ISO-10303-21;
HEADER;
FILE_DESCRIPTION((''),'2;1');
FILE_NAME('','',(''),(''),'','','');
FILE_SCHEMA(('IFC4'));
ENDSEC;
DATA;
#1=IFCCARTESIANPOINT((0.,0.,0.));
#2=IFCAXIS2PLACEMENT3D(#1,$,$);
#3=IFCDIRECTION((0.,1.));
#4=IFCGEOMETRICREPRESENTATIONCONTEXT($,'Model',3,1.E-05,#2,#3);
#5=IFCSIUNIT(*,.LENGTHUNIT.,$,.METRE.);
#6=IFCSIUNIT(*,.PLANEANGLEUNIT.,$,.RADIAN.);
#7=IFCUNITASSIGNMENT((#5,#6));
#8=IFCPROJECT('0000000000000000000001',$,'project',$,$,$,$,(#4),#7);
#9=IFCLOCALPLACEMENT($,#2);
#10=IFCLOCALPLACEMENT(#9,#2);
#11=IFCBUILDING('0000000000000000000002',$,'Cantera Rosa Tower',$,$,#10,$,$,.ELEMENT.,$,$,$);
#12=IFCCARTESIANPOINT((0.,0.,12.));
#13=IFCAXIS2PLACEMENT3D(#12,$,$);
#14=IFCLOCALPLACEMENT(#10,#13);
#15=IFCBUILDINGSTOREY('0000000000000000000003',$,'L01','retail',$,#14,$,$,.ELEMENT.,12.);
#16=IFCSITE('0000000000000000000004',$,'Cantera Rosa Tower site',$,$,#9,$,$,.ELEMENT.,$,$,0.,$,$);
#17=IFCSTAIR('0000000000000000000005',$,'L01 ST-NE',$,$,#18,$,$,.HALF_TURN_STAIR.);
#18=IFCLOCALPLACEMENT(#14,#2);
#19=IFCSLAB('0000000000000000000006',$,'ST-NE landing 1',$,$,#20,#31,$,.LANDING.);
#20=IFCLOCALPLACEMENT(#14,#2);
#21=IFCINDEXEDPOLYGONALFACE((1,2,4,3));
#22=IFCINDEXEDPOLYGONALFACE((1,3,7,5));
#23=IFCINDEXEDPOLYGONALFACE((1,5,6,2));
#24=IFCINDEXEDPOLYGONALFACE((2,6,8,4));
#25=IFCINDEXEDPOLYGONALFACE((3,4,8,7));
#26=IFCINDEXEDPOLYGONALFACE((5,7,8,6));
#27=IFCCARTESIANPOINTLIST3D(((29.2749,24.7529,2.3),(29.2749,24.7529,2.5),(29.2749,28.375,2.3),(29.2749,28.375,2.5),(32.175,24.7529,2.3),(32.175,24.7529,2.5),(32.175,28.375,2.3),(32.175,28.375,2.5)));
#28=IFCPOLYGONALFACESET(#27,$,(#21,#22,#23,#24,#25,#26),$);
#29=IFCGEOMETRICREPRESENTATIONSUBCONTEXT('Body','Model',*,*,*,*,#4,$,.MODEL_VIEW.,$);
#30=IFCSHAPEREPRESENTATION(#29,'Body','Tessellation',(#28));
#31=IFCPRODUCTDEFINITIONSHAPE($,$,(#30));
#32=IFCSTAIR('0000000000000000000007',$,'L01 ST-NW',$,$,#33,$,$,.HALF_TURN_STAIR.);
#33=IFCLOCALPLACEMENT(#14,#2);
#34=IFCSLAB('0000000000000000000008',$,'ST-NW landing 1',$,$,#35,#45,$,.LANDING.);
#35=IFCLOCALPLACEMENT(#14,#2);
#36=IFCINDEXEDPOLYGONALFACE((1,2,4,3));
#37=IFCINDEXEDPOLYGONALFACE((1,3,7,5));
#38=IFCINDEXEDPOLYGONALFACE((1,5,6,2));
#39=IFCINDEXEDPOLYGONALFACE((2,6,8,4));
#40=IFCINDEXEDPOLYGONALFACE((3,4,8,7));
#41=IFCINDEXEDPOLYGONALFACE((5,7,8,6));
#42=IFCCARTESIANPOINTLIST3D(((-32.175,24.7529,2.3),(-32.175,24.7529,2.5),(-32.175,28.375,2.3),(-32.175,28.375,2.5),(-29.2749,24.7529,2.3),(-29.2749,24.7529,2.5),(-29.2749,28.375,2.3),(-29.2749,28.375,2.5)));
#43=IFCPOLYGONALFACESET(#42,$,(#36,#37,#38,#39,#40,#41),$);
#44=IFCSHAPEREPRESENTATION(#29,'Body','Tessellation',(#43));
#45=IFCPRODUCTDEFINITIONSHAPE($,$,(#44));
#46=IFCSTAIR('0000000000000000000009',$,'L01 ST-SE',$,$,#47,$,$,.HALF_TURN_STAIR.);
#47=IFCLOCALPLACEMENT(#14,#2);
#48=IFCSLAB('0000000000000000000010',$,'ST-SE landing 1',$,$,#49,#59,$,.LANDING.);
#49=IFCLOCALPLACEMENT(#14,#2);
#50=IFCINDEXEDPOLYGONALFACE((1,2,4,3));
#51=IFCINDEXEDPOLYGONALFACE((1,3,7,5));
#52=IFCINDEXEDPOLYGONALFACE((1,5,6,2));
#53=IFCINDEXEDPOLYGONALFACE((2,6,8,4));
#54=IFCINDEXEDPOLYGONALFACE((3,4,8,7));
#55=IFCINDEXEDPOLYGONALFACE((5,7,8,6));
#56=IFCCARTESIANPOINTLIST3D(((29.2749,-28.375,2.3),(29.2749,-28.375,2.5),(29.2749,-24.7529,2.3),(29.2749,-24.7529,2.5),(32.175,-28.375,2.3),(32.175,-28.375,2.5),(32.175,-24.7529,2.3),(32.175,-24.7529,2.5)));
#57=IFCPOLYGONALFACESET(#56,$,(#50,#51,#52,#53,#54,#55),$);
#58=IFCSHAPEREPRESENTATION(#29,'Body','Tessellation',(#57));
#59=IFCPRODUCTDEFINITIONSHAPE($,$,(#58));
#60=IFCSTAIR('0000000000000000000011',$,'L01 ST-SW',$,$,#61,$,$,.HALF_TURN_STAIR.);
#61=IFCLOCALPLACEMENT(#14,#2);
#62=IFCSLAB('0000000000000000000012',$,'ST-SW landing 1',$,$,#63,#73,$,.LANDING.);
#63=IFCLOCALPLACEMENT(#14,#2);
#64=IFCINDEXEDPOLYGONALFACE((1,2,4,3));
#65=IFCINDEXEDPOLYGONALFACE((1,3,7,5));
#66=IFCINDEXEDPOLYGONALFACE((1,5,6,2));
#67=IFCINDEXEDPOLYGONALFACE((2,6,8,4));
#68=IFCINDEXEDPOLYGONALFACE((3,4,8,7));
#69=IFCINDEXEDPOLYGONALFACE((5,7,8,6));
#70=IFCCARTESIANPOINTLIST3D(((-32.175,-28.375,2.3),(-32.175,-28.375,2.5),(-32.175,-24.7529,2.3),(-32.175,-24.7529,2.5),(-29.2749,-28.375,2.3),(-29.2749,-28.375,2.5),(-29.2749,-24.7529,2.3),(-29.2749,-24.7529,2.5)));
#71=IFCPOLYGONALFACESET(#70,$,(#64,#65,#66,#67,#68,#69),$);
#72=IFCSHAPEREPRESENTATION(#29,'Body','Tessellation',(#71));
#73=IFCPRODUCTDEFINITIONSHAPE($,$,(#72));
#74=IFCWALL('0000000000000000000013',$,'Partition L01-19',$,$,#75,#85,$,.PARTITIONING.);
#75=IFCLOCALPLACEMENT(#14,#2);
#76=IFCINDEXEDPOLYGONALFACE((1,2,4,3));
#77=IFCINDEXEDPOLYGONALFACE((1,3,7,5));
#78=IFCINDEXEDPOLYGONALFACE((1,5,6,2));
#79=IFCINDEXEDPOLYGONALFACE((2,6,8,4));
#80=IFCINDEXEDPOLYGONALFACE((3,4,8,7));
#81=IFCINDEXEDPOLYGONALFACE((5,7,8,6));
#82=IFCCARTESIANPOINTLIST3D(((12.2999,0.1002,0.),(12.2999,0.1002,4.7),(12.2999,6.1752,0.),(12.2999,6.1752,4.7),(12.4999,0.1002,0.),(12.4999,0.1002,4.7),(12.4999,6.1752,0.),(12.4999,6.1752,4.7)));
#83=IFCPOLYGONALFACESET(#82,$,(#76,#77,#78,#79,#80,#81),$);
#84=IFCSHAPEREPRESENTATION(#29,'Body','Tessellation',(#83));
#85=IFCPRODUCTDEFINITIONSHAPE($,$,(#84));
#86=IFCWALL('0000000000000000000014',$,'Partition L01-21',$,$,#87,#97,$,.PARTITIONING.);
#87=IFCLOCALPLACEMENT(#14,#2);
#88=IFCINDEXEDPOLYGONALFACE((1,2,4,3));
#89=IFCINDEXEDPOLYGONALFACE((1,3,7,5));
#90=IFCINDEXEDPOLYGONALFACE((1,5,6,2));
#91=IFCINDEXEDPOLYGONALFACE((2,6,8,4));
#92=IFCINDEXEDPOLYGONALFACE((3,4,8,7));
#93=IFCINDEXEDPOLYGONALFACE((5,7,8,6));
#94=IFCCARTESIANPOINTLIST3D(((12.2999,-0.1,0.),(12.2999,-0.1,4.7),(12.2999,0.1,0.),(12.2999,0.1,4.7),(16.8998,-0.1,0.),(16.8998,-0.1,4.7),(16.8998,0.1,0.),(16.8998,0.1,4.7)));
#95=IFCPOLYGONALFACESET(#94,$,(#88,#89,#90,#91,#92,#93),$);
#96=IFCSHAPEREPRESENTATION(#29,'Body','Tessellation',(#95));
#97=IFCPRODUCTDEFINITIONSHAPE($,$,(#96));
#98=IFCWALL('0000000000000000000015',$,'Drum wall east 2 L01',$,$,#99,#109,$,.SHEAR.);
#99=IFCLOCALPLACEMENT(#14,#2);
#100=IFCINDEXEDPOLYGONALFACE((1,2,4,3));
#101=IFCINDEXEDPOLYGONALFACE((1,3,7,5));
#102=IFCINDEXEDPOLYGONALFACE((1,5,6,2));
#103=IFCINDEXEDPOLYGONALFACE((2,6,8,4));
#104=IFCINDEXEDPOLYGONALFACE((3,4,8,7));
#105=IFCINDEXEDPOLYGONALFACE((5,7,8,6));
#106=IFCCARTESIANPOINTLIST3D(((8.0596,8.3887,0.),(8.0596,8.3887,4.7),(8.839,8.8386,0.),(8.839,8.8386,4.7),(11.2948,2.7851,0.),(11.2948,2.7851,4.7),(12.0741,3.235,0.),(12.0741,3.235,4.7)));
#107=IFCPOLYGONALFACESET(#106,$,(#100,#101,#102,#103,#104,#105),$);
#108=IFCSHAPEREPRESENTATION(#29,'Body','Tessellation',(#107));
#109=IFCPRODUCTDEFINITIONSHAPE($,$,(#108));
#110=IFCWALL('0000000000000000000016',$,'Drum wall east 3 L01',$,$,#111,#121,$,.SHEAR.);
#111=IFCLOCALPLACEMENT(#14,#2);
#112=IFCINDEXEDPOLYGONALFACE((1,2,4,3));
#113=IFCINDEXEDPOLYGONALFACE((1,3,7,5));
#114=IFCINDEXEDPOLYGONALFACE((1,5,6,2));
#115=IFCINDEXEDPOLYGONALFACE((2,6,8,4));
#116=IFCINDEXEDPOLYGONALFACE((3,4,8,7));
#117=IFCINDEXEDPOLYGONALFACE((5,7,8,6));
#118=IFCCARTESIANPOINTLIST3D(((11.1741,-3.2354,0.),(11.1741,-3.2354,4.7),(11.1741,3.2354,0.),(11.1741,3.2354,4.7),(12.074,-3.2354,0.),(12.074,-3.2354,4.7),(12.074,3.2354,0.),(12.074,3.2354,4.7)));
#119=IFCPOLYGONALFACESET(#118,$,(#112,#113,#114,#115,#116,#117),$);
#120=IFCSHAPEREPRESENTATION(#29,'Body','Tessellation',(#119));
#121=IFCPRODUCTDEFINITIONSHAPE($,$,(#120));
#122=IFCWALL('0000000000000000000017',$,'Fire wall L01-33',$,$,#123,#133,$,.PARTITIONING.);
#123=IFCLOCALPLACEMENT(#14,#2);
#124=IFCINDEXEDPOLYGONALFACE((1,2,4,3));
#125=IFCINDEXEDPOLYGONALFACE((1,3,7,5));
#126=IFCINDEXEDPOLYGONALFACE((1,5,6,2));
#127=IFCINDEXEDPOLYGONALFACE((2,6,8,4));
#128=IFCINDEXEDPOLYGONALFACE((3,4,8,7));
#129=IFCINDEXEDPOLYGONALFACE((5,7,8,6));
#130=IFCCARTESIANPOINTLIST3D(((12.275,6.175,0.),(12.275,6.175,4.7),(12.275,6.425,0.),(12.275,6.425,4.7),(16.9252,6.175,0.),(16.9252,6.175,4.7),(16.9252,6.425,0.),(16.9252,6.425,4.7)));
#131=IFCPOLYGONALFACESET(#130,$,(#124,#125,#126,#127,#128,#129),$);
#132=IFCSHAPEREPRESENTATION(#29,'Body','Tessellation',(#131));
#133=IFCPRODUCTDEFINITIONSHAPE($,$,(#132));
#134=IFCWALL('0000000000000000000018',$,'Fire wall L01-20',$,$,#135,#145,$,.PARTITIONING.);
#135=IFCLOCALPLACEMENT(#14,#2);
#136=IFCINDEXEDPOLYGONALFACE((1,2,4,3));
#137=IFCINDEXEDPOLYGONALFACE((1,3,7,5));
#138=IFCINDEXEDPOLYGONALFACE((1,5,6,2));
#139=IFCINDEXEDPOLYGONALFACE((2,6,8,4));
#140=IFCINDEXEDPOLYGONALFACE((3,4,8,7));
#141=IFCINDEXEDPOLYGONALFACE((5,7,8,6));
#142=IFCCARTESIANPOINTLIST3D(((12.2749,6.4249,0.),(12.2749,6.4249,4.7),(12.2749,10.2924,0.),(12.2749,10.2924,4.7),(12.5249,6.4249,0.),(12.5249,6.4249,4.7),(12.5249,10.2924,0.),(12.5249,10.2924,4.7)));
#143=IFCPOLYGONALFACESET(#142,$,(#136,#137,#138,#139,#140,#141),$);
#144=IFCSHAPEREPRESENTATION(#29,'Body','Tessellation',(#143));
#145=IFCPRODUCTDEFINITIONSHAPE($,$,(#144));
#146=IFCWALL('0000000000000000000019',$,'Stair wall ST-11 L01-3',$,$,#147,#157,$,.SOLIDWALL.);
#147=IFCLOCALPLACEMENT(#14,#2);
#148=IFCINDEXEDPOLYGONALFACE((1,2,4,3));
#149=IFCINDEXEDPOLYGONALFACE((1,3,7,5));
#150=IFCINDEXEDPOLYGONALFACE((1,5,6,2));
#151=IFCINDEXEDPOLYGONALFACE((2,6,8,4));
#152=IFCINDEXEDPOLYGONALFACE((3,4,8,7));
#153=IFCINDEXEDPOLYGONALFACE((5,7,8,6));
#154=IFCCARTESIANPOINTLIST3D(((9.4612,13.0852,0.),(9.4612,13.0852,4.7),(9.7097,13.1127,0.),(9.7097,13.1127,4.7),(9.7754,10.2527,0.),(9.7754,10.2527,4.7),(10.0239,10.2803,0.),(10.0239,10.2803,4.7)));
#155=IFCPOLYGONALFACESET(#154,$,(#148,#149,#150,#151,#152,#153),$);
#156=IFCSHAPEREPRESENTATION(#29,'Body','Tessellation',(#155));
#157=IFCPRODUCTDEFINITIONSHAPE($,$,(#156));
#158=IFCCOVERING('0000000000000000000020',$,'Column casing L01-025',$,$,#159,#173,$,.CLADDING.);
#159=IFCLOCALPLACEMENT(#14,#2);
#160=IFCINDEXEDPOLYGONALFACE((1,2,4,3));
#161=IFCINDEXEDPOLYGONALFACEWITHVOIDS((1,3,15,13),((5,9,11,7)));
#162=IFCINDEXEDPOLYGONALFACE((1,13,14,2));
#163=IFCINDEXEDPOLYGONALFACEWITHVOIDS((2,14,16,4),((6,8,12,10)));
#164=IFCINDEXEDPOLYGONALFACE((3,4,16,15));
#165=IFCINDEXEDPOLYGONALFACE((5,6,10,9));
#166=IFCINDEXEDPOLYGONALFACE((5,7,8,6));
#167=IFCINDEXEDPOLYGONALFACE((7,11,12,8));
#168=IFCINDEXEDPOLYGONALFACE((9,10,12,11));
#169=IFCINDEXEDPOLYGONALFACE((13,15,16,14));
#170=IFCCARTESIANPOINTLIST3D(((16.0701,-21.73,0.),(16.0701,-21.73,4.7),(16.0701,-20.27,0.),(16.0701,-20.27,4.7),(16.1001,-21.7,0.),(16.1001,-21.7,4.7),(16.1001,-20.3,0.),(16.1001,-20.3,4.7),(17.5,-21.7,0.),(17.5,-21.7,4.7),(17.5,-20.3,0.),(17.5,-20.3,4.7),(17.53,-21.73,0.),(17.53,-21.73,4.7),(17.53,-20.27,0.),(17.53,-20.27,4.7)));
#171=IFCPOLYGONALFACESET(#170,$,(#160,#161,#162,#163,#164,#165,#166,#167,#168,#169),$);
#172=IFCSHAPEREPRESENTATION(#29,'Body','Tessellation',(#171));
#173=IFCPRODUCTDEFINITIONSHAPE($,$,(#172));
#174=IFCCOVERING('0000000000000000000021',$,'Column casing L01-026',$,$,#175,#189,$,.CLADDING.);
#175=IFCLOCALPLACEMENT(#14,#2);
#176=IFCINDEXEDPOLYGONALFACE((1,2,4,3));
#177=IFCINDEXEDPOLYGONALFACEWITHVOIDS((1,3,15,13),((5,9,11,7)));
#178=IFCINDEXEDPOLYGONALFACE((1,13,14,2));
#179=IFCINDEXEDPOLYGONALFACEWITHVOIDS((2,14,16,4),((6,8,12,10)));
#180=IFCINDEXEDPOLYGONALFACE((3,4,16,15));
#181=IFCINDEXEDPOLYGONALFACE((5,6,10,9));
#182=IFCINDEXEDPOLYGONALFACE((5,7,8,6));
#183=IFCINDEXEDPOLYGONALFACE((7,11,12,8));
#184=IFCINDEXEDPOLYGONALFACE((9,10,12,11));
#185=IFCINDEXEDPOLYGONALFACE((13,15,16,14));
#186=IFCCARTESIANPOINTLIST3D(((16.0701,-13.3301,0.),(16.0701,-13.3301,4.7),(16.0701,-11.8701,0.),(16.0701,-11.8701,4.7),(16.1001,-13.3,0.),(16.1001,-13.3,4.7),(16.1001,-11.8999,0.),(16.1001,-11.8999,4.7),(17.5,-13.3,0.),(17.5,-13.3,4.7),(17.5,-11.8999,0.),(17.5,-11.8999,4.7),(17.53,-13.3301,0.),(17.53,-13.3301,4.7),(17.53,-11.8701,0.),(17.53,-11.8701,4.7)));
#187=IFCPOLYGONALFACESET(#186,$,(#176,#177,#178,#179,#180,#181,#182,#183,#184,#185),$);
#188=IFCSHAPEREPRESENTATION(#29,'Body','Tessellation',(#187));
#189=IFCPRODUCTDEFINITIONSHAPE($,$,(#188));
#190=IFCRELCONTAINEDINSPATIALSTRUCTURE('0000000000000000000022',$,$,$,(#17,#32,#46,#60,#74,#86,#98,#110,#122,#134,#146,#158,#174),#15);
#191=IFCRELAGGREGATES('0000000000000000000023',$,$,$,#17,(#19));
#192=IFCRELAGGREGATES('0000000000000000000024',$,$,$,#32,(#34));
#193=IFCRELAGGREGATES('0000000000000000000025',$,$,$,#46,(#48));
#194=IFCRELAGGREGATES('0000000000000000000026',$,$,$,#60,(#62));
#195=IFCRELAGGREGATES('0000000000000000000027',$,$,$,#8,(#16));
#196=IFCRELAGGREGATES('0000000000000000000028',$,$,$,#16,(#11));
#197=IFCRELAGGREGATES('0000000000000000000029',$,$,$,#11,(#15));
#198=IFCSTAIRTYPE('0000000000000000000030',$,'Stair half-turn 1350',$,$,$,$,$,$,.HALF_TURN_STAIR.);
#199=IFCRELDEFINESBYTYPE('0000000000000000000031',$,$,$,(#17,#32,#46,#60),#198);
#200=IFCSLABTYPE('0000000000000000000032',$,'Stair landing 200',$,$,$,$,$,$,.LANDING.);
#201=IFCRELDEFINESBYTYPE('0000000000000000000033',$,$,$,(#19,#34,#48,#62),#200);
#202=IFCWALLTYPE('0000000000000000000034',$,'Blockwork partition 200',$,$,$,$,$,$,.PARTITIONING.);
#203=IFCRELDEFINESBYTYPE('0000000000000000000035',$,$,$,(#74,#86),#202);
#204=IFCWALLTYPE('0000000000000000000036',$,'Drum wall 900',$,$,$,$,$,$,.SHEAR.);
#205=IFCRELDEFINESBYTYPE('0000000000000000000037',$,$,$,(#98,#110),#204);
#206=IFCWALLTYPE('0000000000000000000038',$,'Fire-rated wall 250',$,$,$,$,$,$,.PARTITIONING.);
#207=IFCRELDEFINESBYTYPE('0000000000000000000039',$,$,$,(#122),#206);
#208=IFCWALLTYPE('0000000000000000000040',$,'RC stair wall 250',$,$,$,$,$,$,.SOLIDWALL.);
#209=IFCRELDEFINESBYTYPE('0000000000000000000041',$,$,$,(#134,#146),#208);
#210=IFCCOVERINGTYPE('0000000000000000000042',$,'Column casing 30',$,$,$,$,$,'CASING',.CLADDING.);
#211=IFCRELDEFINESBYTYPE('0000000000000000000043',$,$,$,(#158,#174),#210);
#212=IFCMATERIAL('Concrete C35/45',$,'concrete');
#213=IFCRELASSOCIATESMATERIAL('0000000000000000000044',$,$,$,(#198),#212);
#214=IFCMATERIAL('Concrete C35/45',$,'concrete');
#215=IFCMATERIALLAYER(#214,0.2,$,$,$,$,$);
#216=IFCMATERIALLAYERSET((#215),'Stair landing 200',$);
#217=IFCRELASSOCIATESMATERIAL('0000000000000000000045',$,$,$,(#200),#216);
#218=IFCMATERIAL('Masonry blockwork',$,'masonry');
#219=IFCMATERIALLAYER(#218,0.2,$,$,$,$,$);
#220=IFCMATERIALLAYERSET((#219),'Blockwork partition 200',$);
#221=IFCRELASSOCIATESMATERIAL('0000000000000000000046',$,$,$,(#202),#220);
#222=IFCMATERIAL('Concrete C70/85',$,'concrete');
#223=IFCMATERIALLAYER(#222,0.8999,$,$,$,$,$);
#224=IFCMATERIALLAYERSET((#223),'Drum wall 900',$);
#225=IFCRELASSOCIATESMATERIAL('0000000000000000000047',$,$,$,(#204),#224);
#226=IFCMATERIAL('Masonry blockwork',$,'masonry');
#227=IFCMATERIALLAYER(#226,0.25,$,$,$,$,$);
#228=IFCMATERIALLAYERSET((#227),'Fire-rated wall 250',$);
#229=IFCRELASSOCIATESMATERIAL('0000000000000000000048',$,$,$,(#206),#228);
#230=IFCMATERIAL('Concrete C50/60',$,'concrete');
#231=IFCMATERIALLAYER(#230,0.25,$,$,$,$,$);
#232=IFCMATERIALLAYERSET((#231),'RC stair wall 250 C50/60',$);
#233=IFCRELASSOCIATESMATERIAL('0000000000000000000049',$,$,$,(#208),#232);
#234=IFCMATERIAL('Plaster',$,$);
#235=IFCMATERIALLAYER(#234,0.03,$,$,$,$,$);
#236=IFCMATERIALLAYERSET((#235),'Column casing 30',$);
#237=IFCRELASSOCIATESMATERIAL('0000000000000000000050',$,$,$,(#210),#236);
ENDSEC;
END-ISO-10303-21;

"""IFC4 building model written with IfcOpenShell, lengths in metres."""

from ifc_helpers import new_model, si_unit, direction, frame, frame_2d, origin, place, context, subcontext, project, spatial, polyline, rectangle, outline, extrude, material, layer, layer_set, type_object, element, aggregate, save


model = new_model("IFC4")

# Units and contexts
model_context = context("Model", 3, precision=1e-05, world=origin(), true_north=direction((0.0, 1.0)))
body_context = subcontext(model_context, "Body", "Model", "MODEL_VIEW")
ifc_project = project(units=[si_unit("LENGTHUNIT", "METRE"), si_unit("PLANEANGLEUNIT", "RADIAN")], contexts=[model_context])

# Site, building, storey
site_placement = place(None, origin())
site = spatial("IfcSite", under=ifc_project, at=site_placement, Name="Cantera Rosa Tower site", CompositionType="ELEMENT", RefElevation=0.0)
building_placement = place(site_placement, origin())
building = spatial("IfcBuilding", under=site, at=building_placement, Name="Cantera Rosa Tower", CompositionType="ELEMENT")
storey_placement = place(building_placement, frame((0.0, 0.0, 12.0)))
storey = spatial("IfcBuildingStorey", under=building, at=storey_placement, Name="L01", Description="retail", CompositionType="ELEMENT", Elevation=12.0)

# Stairs, slabs
ifc_material_1 = material(Name="Concrete C35/45", Category="concrete")
stair_type = type_object("IfcStairType", Name="Stair half-turn 1350", PredefinedType="HALF_TURN_STAIR", material=ifc_material_1)
stair_1_placement = place(storey_placement, origin())
stair_1 = element("IfcStair", 1, at=stair_1_placement, inside=storey, type_object=stair_type, Name="L01 ST-NE", PredefinedType="HALF_TURN_STAIR")
ifc_material_2 = material(Name="Concrete C35/45", Category="concrete")
ifc_layer_1 = layer(ifc_material_2, 0.2)
ifc_layer_set_1 = layer_set([ifc_layer_1], Name="Stair landing 200")
slab_type = type_object("IfcSlabType", Name="Stair landing 200", PredefinedType="LANDING", material=ifc_layer_set_1)
slab_1_placement = place(storey_placement, frame((0.0, 0.0, 2.3)))
slab_1 = element("IfcSlab", 2, at=slab_1_placement, type_object=slab_type, Name="ST-NE landing 1", PredefinedType="LANDING", context=body_context, shape_type="SweptSolid", body=[
    extrude(outline(polyline([(32.175, 24.7529), (32.175, 28.375), (29.2749, 28.375), (29.2749, 24.7529), (32.175, 24.7529)])), origin(), (0.0, 0.0, 1.0), 0.2),
])
aggregate(stair_1, [slab_1])
stair_2_placement = place(storey_placement, origin())
stair_2 = element("IfcStair", 3, at=stair_2_placement, inside=storey, type_object=stair_type, Name="L01 ST-NW", PredefinedType="HALF_TURN_STAIR")
slab_2_placement = place(storey_placement, frame((0.0, 0.0, 2.3)))
slab_2 = element("IfcSlab", 4, at=slab_2_placement, type_object=slab_type, Name="ST-NW landing 1", PredefinedType="LANDING", context=body_context, shape_type="SweptSolid", body=[
    extrude(outline(polyline([(-29.2749, 24.7529), (-29.2749, 28.375), (-32.175, 28.375), (-32.175, 24.7529), (-29.2749, 24.7529)])), origin(), (0.0, 0.0, 1.0), 0.2),
])
aggregate(stair_2, [slab_2])
stair_3_placement = place(storey_placement, origin())
stair_3 = element("IfcStair", 5, at=stair_3_placement, inside=storey, type_object=stair_type, Name="L01 ST-SE", PredefinedType="HALF_TURN_STAIR")
slab_3_placement = place(storey_placement, frame((0.0, 0.0, 2.3)))
slab_3 = element("IfcSlab", 6, at=slab_3_placement, type_object=slab_type, Name="ST-SE landing 1", PredefinedType="LANDING", context=body_context, shape_type="SweptSolid", body=[
    extrude(outline(polyline([(29.2749, -24.7529), (29.2749, -28.375), (32.175, -28.375), (32.175, -24.7529), (29.2749, -24.7529)])), origin(), (0.0, 0.0, 1.0), 0.2),
])
aggregate(stair_3, [slab_3])
stair_4_placement = place(storey_placement, origin())
stair_4 = element("IfcStair", 7, at=stair_4_placement, inside=storey, type_object=stair_type, Name="L01 ST-SW", PredefinedType="HALF_TURN_STAIR")
slab_4_placement = place(storey_placement, frame((0.0, 0.0, 2.3)))
slab_4 = element("IfcSlab", 8, at=slab_4_placement, type_object=slab_type, Name="ST-SW landing 1", PredefinedType="LANDING", context=body_context, shape_type="SweptSolid", body=[
    extrude(outline(polyline([(-32.175, -24.7529), (-32.175, -28.375), (-29.2749, -28.375), (-29.2749, -24.7529), (-32.175, -24.7529)])), origin(), (0.0, 0.0, 1.0), 0.2),
])
aggregate(stair_4, [slab_4])

# Walls
ifc_material_3 = material(Name="Masonry blockwork", Category="masonry")
ifc_layer_2 = layer(ifc_material_3, 0.2)
ifc_layer_set_2 = layer_set([ifc_layer_2], Name="Blockwork partition 200")
wall_type_1 = type_object("IfcWallType", Name="Blockwork partition 200", PredefinedType="PARTITIONING", material=ifc_layer_set_2)
wall_1_placement = place(storey_placement, frame((12.3999, 0.1001, 0.0), z_axis=(0.0, 0.0, 1.0), x_axis=(0.0, 1.0, 0.0)))
element("IfcWall", 9, at=wall_1_placement, inside=storey, type_object=wall_type_1, Name="Partition L01-19", PredefinedType="PARTITIONING", context=body_context, shape_type="SweptSolid", body=[
    extrude(rectangle(XDim=6.075, YDim=0.2, at=frame_2d((3.0376, 0.0))), origin(), (0.0, 0.0, 1.0), 4.7),
])
wall_2_placement = place(storey_placement, frame((12.3, 0.0, 0.0), z_axis=(0.0, 0.0, 1.0), x_axis=(1.0, 0.0, 0.0)))
element("IfcWall", 10, at=wall_2_placement, inside=storey, type_object=wall_type_1, Name="Partition L01-21", PredefinedType="PARTITIONING", context=body_context, shape_type="SweptSolid", body=[
    extrude(rectangle(XDim=4.5999, YDim=0.2, at=frame_2d((2.2998, 0.0))), origin(), (0.0, 0.0, 1.0), 4.7),
])
ifc_material_4 = material(Name="Concrete C70/85", Category="concrete")
ifc_layer_3 = layer(ifc_material_4, 0.8999)
ifc_layer_set_3 = layer_set([ifc_layer_3], Name="Drum wall 900")
wall_type_2 = type_object("IfcWallType", Name="Drum wall 900", PredefinedType="SHEAR", material=ifc_layer_set_3)
wall_3_placement = place(storey_placement, frame((8.4492, 8.6138, 0.0), z_axis=(0.0, 0.0, 1.0), x_axis=(0.49999, -0.866031, 0.0)))
element("IfcWall", 11, at=wall_3_placement, inside=storey, type_object=wall_type_2, Name="Drum wall east 2 L01", PredefinedType="SHEAR", context=body_context, shape_type="SweptSolid", body=[
    extrude(rectangle(XDim=6.4705, YDim=0.8999, at=frame_2d((3.2354, 0.0))), origin(), (0.0, 0.0, 1.0), 4.7),
])
wall_4_placement = place(storey_placement, frame((11.624, 3.2354, 0.0), z_axis=(0.0, 0.0, 1.0), x_axis=(0.0, -1.0, 0.0)))
element("IfcWall", 12, at=wall_4_placement, inside=storey, type_object=wall_type_2, Name="Drum wall east 3 L01", PredefinedType="SHEAR", context=body_context, shape_type="SweptSolid", body=[
    extrude(rectangle(XDim=6.4707, YDim=0.8999, at=frame_2d((3.2354, 0.0))), origin(), (0.0, 0.0, 1.0), 4.7),
])
ifc_material_5 = material(Name="Masonry blockwork", Category="masonry")
ifc_layer_4 = layer(ifc_material_5, 0.25)
ifc_layer_set_4 = layer_set([ifc_layer_4], Name="Fire-rated wall 250")
wall_type_3 = type_object("IfcWallType", Name="Fire-rated wall 250", PredefinedType="PARTITIONING", material=ifc_layer_set_4)
wall_5_placement = place(storey_placement, frame((12.2749, 6.3, 0.0), z_axis=(0.0, 0.0, 1.0), x_axis=(1.0, 0.0, 0.0)))
element("IfcWall", 13, at=wall_5_placement, inside=storey, type_object=wall_type_3, Name="Fire wall L01-33", PredefinedType="PARTITIONING", context=body_context, shape_type="SweptSolid", body=[
    extrude(rectangle(XDim=4.6501, YDim=0.25, at=frame_2d((2.3252, 0.0))), origin(), (0.0, 0.0, 1.0), 4.7),
])
ifc_material_6 = material(Name="Concrete C50/60", Category="concrete")
ifc_layer_5 = layer(ifc_material_6, 0.25)
ifc_layer_set_5 = layer_set([ifc_layer_5], Name="RC stair wall 250 C50/60")
wall_type_4 = type_object("IfcWallType", Name="RC stair wall 250", PredefinedType="SOLIDWALL", material=ifc_layer_set_5)
wall_6_placement = place(storey_placement, frame((12.3999, 6.425, 0.0), z_axis=(0.0, 0.0, 1.0), x_axis=(0.0, 1.0, 0.0)))
element("IfcWall", 14, at=wall_6_placement, inside=storey, type_object=wall_type_4, Name="Fire wall L01-20", PredefinedType="PARTITIONING", context=body_context, shape_type="SweptSolid", body=[
    extrude(rectangle(XDim=3.8674, YDim=0.25, at=frame_2d((1.9336, 0.0))), origin(), (0.0, 0.0, 1.0), 4.7),
])
wall_7_placement = place(storey_placement, frame((9.8997, 10.2666, 0.0), z_axis=(0.0, 0.0, 1.0), x_axis=(-0.110253, 0.993904, 0.0)))
element("IfcWall", 15, at=wall_7_placement, inside=storey, type_object=wall_type_4, Name="Stair wall ST-11 L01-3", PredefinedType="SOLIDWALL", context=body_context, shape_type="SweptSolid", body=[
    extrude(rectangle(XDim=2.8499, YDim=0.25, at=frame_2d((1.4248, 0.0))), origin(), (0.0, 0.0, 1.0), 4.7),
])

# Coverings
ifc_material_7 = material(Name="Plaster")
ifc_layer_6 = layer(ifc_material_7, 0.03)
ifc_layer_set_6 = layer_set([ifc_layer_6], Name="Column casing 30")
covering_type = type_object("IfcCoveringType", Name="Column casing 30", ElementType="CASING", PredefinedType="CLADDING", material=ifc_layer_set_6)
covering_1_placement = place(storey_placement, origin())
element("IfcCovering", 16, at=covering_1_placement, inside=storey, type_object=covering_type, Name="Column casing L01-025", PredefinedType="CLADDING", context=body_context, shape_type="SweptSolid", body=[
    extrude(outline(polyline([(16.0701, -21.73), (17.53, -21.73), (17.53, -20.27), (16.0701, -20.27), (16.0701, -21.73)]), holes=[polyline([(17.5, -20.3), (16.1001, -20.3), (16.1001, -21.7), (17.5, -21.7), (17.5, -20.3)])]), origin(), (0.0, 0.0, 1.0), 4.7),
])
covering_2_placement = place(storey_placement, origin())
element("IfcCovering", 17, at=covering_2_placement, inside=storey, type_object=covering_type, Name="Column casing L01-026", PredefinedType="CLADDING", context=body_context, shape_type="SweptSolid", body=[
    extrude(outline(polyline([(16.0701, -13.3301), (17.53, -13.3301), (17.53, -11.8701), (16.0701, -11.8701), (16.0701, -13.3301)]), holes=[polyline([(17.5, -11.8999), (16.1001, -11.8999), (16.1001, -13.3), (17.5, -13.3), (17.5, -11.8999)])]), origin(), (0.0, 0.0, 1.0), 4.7),
])

save(model, "model.ifc")
